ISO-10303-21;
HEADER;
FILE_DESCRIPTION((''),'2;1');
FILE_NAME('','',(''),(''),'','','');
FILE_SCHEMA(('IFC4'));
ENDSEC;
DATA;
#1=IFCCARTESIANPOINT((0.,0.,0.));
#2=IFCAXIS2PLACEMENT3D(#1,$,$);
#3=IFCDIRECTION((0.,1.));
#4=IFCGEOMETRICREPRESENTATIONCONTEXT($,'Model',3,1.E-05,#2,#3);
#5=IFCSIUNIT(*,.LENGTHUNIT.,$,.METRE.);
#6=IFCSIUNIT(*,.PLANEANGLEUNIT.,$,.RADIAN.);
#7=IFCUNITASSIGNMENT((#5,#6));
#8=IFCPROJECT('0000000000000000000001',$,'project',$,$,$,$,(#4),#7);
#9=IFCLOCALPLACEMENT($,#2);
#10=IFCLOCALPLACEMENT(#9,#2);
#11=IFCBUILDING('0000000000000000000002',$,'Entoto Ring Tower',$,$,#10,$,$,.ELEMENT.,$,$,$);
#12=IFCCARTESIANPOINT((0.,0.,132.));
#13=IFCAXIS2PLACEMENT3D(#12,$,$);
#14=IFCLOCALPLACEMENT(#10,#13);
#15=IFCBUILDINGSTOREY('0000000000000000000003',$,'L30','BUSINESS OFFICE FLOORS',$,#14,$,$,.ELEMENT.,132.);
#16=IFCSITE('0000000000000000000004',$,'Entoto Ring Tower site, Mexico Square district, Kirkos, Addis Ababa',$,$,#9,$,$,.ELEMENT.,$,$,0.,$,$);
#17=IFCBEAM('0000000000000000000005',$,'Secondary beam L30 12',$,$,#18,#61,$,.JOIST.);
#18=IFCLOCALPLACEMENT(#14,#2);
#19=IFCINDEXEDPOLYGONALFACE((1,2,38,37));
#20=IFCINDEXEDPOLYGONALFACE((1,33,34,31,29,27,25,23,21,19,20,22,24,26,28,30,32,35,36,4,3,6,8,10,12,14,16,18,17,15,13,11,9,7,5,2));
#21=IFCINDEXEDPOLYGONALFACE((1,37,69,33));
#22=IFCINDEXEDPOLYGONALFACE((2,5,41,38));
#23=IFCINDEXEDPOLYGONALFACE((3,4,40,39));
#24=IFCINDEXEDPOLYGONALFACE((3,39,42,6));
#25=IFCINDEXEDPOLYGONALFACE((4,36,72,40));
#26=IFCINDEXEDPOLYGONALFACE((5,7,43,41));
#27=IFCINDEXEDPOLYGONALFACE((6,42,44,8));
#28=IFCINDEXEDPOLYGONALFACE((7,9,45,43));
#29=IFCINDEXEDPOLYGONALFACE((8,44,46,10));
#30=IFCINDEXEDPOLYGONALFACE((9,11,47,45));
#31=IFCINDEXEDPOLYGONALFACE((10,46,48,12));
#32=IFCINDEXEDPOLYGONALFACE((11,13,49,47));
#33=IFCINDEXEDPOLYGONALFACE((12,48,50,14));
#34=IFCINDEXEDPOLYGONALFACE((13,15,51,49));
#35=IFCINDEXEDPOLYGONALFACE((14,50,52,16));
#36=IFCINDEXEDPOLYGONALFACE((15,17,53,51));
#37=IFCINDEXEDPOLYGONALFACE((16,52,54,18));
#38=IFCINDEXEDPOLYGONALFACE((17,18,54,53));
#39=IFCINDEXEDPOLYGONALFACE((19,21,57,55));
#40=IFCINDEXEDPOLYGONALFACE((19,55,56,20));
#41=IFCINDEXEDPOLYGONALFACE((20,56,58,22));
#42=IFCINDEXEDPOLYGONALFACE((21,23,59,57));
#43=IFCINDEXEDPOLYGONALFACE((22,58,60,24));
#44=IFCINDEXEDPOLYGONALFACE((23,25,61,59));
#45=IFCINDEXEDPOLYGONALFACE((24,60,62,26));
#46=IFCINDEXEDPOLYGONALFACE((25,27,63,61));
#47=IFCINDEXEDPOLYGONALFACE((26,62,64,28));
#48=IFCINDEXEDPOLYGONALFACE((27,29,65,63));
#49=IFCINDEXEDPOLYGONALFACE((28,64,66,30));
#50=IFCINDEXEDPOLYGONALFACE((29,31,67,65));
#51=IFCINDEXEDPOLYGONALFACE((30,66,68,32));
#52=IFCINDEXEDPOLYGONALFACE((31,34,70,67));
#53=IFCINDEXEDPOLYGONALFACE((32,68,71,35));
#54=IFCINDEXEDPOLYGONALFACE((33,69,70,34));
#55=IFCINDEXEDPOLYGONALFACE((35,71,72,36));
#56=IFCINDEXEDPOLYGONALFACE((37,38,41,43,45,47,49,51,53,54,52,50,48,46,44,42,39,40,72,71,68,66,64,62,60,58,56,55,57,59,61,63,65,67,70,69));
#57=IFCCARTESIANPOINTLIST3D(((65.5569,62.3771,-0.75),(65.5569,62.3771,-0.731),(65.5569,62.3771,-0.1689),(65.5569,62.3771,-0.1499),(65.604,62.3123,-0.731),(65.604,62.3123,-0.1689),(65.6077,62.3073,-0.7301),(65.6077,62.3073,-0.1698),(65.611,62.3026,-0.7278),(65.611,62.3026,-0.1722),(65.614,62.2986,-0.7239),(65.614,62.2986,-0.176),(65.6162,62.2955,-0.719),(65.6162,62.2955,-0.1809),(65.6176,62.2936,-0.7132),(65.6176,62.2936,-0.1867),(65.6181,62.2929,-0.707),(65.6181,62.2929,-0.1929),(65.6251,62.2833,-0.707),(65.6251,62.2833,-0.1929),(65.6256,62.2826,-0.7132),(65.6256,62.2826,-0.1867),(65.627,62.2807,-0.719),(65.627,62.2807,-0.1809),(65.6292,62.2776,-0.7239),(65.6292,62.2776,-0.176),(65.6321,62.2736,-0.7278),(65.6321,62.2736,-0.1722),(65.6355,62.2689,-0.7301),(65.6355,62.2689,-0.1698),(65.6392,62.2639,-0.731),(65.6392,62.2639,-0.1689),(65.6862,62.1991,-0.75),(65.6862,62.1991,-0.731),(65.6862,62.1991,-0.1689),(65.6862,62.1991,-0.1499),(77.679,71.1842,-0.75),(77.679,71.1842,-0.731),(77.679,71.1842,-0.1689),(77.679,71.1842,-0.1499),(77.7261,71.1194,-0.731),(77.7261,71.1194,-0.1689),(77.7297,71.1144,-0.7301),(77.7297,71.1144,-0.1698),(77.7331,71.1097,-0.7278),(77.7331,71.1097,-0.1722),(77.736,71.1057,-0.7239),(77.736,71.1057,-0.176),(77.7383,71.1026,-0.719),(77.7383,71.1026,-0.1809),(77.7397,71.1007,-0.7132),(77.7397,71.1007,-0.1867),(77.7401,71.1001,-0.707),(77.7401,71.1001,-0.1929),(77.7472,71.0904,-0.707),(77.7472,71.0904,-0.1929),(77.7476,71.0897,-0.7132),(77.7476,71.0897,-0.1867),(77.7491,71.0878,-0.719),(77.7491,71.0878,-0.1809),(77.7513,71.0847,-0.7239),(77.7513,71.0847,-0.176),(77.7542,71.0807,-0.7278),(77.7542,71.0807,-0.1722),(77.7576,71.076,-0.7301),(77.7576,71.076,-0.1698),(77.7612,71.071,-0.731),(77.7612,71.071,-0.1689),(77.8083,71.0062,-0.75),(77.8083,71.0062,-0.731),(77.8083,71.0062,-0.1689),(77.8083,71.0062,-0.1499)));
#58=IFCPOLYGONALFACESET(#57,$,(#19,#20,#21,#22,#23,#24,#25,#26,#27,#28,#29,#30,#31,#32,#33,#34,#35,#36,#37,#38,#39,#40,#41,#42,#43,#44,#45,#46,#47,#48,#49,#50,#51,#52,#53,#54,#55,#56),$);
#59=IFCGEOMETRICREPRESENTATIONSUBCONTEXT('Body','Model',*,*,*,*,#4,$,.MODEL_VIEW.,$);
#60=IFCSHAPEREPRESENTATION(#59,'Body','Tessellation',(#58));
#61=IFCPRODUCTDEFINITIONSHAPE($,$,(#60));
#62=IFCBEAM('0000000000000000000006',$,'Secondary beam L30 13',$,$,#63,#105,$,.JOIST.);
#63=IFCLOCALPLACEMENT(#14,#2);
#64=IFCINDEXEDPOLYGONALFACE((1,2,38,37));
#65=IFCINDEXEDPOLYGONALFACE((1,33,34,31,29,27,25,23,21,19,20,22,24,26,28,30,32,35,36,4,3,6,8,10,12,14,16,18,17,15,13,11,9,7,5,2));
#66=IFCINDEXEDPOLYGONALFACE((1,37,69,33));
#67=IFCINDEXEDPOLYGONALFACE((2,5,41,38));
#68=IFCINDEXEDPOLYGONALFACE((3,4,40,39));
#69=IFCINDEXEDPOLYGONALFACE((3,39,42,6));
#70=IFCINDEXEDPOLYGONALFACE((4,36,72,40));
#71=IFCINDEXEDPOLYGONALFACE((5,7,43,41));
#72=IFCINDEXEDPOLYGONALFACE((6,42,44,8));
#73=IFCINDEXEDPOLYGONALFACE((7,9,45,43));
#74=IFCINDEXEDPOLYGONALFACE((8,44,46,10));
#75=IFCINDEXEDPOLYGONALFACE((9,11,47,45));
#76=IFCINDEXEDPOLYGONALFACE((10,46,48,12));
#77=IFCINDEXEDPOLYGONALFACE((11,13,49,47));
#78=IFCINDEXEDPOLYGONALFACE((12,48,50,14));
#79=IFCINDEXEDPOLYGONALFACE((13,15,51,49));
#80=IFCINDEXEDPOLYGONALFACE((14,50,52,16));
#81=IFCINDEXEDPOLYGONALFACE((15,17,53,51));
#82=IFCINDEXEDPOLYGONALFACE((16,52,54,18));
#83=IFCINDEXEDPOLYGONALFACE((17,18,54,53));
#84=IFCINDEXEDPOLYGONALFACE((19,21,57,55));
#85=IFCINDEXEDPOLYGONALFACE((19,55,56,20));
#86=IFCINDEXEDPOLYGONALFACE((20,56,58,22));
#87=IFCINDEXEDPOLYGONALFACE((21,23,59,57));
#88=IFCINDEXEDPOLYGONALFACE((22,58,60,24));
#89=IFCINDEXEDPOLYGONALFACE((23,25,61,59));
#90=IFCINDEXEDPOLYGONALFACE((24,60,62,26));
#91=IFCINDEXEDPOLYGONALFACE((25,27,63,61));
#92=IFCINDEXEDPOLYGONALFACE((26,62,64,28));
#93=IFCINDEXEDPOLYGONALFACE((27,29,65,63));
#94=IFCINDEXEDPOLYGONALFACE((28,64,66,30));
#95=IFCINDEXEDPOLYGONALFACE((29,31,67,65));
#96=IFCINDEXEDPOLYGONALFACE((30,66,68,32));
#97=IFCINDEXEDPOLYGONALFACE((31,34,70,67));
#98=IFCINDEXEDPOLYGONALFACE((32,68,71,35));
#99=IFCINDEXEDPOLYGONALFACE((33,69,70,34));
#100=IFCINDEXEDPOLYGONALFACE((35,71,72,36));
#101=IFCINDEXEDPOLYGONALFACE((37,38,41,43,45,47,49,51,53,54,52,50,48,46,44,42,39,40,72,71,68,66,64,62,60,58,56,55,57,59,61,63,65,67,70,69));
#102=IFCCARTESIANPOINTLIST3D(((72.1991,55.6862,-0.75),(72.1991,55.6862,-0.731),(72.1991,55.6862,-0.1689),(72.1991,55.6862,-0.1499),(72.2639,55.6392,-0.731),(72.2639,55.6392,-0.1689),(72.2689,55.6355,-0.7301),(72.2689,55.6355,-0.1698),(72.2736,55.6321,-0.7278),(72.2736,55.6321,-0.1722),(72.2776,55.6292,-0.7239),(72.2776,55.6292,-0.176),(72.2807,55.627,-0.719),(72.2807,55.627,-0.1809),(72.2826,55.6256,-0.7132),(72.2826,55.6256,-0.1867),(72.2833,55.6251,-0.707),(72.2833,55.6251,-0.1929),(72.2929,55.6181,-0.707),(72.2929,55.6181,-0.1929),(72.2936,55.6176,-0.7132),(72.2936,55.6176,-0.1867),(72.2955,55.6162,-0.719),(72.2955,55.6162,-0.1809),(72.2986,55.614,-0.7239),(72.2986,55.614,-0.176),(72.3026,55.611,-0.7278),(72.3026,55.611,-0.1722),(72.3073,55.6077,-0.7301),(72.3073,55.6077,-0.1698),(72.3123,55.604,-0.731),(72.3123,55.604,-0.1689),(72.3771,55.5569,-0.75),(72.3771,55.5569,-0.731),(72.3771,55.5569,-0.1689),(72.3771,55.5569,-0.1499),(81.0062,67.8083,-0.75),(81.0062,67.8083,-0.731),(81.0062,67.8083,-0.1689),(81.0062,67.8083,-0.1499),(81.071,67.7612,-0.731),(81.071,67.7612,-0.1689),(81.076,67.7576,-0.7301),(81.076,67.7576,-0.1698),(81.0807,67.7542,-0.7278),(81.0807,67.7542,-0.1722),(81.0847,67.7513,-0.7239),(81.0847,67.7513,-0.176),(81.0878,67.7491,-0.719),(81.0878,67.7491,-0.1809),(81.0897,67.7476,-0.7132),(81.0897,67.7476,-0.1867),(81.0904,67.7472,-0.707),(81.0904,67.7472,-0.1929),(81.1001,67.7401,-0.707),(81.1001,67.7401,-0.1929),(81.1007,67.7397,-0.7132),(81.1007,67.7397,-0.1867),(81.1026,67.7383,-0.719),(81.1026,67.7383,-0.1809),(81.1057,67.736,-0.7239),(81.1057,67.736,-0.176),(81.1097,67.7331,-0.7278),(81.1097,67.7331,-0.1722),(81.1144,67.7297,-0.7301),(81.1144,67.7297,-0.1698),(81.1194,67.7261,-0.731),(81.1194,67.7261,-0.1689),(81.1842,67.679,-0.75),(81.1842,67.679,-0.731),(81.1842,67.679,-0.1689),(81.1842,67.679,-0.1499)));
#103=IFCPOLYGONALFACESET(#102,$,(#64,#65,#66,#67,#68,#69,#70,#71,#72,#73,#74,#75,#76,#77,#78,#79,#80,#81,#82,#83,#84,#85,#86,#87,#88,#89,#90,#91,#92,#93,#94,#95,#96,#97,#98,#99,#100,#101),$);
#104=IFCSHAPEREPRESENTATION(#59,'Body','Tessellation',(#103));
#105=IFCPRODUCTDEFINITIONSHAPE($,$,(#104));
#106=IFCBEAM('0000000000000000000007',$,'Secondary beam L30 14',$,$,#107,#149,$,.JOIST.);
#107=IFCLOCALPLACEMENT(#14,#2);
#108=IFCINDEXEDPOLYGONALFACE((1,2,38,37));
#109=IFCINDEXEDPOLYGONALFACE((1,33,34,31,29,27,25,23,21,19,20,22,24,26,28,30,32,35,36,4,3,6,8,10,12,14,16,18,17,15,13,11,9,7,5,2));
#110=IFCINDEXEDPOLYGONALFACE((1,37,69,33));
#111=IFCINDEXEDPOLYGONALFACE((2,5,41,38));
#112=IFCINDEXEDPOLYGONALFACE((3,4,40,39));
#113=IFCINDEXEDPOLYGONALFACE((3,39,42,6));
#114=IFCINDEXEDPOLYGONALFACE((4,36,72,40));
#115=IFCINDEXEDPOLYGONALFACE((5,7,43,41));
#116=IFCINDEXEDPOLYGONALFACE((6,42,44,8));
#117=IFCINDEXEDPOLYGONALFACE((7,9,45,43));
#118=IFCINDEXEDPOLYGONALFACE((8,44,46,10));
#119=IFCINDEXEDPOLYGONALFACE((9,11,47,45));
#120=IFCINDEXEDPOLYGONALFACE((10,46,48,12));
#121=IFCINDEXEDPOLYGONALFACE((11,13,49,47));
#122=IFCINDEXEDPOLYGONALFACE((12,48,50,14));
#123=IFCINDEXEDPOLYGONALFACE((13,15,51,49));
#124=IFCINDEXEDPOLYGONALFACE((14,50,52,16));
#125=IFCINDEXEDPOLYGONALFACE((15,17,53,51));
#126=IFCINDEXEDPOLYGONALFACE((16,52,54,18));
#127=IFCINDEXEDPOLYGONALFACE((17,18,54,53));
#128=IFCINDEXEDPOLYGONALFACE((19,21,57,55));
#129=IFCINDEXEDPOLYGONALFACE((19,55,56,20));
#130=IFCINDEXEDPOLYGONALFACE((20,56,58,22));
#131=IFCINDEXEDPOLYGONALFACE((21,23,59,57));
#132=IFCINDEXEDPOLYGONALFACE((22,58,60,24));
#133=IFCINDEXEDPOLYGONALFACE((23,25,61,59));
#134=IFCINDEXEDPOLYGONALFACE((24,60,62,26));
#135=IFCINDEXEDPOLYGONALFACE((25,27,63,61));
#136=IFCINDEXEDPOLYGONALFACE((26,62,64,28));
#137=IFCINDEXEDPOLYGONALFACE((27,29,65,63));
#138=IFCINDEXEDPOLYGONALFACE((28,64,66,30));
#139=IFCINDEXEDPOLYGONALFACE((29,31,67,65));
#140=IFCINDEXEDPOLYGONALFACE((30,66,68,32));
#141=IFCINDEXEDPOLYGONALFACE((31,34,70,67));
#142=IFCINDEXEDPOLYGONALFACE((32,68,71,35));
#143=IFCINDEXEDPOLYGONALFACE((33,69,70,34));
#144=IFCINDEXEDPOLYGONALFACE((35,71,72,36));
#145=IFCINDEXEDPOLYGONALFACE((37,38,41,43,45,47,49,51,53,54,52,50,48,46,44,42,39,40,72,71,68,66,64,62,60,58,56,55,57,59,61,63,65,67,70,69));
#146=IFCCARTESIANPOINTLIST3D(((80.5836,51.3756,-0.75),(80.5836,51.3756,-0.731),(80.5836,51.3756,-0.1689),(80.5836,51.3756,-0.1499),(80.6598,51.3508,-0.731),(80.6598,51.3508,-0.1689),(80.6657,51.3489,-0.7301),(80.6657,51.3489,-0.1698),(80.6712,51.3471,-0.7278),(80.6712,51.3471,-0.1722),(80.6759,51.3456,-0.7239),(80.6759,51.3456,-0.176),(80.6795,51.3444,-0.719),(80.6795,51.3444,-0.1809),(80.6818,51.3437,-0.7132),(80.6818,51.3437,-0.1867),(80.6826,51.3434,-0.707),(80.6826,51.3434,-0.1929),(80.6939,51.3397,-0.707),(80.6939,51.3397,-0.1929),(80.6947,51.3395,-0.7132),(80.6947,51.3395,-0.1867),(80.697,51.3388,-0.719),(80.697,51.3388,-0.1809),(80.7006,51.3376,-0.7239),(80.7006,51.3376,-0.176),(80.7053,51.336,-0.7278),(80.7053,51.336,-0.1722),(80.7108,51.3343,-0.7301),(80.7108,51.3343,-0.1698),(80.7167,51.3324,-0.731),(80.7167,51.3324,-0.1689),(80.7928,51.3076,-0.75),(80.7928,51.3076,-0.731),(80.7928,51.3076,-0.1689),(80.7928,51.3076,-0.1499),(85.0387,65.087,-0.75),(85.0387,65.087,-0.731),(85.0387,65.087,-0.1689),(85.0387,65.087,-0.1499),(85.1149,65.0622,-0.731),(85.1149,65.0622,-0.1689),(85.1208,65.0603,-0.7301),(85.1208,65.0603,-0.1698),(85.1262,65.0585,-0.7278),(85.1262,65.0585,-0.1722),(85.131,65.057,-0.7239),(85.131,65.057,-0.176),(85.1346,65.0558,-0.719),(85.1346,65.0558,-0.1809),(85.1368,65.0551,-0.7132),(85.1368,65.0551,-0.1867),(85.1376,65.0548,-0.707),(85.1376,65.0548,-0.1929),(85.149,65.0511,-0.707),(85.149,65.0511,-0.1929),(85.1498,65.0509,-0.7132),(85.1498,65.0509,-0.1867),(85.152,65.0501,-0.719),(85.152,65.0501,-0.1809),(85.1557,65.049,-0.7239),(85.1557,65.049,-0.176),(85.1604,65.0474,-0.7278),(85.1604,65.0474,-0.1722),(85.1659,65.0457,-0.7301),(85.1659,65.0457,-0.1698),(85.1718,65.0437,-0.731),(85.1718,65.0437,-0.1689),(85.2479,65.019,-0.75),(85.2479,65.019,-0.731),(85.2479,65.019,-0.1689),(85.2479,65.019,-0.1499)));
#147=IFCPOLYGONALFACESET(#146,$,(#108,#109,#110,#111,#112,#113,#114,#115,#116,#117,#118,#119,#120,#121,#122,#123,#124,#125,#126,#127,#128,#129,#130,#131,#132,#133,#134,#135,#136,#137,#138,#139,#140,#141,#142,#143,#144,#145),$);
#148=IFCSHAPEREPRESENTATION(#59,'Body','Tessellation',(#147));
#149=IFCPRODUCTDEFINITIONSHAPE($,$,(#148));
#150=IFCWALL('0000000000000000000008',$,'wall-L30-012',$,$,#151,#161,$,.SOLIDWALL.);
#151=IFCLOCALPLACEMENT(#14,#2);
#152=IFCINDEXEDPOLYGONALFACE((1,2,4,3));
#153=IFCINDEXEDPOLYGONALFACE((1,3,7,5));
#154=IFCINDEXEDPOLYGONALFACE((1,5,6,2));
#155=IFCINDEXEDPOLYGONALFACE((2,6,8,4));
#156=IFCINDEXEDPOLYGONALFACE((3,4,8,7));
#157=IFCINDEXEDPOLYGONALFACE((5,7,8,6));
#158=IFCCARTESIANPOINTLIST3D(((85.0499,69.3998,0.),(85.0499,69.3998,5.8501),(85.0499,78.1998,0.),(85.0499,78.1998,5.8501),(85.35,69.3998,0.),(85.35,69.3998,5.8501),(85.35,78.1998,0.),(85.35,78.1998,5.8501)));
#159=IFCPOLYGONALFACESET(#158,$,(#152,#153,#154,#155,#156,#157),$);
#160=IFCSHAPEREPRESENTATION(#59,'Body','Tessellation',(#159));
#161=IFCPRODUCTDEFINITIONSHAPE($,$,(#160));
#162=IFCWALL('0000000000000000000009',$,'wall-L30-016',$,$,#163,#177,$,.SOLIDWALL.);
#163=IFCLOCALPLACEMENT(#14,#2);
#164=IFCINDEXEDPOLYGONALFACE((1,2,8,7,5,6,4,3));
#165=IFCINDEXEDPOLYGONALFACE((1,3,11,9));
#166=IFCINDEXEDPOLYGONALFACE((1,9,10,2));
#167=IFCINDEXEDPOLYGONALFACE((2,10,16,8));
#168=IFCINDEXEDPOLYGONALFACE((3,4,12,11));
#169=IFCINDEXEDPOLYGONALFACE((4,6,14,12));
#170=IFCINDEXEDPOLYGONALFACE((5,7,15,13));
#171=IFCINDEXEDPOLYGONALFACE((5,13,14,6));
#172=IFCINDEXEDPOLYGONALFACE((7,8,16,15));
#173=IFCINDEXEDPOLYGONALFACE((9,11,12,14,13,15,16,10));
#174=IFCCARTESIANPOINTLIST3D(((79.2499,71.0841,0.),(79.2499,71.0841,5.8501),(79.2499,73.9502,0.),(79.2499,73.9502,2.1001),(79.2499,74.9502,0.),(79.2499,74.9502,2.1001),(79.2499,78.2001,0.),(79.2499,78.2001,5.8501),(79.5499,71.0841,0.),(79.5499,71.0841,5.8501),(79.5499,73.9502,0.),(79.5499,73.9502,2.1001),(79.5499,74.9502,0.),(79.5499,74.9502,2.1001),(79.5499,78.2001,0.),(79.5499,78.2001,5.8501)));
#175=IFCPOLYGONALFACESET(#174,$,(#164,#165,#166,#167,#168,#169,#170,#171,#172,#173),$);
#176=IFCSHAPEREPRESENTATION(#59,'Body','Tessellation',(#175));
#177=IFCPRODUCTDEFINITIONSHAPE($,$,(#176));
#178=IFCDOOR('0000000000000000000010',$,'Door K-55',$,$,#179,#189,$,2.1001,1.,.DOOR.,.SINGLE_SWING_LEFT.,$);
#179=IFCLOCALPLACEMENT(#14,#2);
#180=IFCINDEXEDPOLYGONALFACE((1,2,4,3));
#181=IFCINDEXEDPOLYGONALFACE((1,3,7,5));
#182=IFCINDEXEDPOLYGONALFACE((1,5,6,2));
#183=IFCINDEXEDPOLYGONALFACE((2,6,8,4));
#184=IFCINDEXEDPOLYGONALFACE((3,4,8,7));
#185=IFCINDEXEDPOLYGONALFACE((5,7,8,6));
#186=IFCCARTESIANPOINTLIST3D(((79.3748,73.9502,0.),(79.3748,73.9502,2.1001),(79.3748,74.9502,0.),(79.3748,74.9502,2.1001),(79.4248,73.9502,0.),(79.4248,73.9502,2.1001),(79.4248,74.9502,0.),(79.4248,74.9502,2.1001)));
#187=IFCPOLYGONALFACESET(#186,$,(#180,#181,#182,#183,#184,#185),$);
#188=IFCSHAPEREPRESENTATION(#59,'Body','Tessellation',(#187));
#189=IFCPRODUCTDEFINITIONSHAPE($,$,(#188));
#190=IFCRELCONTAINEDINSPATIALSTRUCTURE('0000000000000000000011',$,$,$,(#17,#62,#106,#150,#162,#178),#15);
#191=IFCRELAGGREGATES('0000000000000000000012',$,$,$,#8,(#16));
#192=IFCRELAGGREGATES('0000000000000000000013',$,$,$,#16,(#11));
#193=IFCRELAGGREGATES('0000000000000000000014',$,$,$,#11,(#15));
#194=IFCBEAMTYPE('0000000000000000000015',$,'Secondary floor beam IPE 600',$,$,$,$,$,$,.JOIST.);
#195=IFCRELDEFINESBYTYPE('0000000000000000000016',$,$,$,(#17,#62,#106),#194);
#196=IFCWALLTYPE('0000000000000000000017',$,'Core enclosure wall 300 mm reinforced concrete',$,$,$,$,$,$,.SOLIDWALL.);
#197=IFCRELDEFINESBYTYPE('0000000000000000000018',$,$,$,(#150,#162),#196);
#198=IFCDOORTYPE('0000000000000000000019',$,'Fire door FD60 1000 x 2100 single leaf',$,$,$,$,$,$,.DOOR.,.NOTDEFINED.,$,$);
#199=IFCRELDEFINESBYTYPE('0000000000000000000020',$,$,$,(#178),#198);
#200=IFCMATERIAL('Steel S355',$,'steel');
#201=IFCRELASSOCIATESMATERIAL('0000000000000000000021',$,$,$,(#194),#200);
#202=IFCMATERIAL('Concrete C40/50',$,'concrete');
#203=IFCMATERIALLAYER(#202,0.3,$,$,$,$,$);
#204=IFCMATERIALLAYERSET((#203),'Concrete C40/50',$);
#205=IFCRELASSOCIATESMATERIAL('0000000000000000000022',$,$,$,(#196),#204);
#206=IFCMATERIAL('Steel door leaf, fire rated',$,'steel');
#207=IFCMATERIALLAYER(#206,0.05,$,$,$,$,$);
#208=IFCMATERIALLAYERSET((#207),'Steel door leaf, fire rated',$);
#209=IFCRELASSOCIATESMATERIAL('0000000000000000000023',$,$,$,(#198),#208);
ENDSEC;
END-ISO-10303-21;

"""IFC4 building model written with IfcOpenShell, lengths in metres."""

from ifc_helpers import new_model, si_unit, direction, frame, frame_2d, origin, origin_2d, place, context, subcontext, project, spatial, rectangle, i_section, extrude, material, layer, layer_set, material_profile, profile_set, type_object, element, fill, save


model = new_model("IFC4")

# Units and contexts
model_context = context("Model", 3, precision=1e-05, world=origin(), true_north=direction((0.0, 1.0)))
body_context = subcontext(model_context, "Body", "Model", "MODEL_VIEW")
ifc_project = project(units=[si_unit("LENGTHUNIT", "METRE"), si_unit("PLANEANGLEUNIT", "RADIAN")], contexts=[model_context])

# Site, building, storey
site_placement = place(None, origin())
site = spatial("IfcSite", under=ifc_project, at=site_placement, Name="Entoto Ring Tower site, Mexico Square district, Kirkos, Addis Ababa", CompositionType="ELEMENT", RefElevation=0.0)
building_placement = place(site_placement, origin())
building = spatial("IfcBuilding", under=site, at=building_placement, Name="Entoto Ring Tower", CompositionType="ELEMENT")
storey_placement = place(building_placement, frame((0.0, 0.0, 132.0)))
storey = spatial("IfcBuildingStorey", under=building, at=storey_placement, Name="L30", Description="BUSINESS OFFICE FLOORS", CompositionType="ELEMENT", Elevation=132.0)

# Beams
ifc_material_1 = material(Name="Steel S355", Category="steel")
ifc_material_profile_1 = material_profile(ifc_material_1, i_section(OverallWidth=0.22, OverallDepth=0.6001, WebThickness=0.012, FlangeThickness=0.019, FilletRadius=0.0239, at=origin_2d()), Name="IPE 600")
ifc_profile_set_1 = profile_set([ifc_material_profile_1], Name="Steel S355")
beam_type_1 = type_object("IfcBeamType", Name="Secondary floor beam IPE 600", PredefinedType="JOIST", material=ifc_profile_set_1)
for number, where, z_axis, x_axis, name in (
    (1, (77.7437, 71.0952, -0.45), (-0.809019, -0.587782, 0.0), (0.587782, -0.809019, 0.0), "Secondary beam L30 12"),
    (2, (81.0952, 67.7437, -0.45), (-0.587782, -0.809019, 0.0), (0.809019, -0.587782, 0.0), "Secondary beam L30 13"),
):
    element("IfcBeam", number, at=place(storey_placement, frame(where, z_axis=z_axis, x_axis=x_axis)), inside=storey, type_object=beam_type_1, Name=name, PredefinedType="JOIST", context=body_context, shape_type="SweptSolid", body=[
        extrude(i_section(OverallWidth=0.22, OverallDepth=0.6001, WebThickness=0.012, FlangeThickness=0.019, FilletRadius=0.0239, at=origin_2d()), origin(), (0.0, 0.0, 1.0), 14.9836),
    ])
beam_1_placement = place(storey_placement, frame((85.1433, 65.053, -0.45), z_axis=(-0.309015, -0.951057, 0.0), x_axis=(0.951057, -0.309015, 0.0)))
element("IfcBeam", 3, at=beam_1_placement, inside=storey, type_object=beam_type_1, Name="Secondary beam L30 14", PredefinedType="JOIST", context=body_context, shape_type="SweptSolid", body=[
    extrude(i_section(OverallWidth=0.22, OverallDepth=0.6001, WebThickness=0.012, FlangeThickness=0.019, FilletRadius=0.0239, at=origin_2d()), origin(), (0.0, 0.0, 1.0), 14.417),
])

# Wall
ifc_material_2 = material(Name="Concrete C40/50", Category="concrete")
ifc_layer_1 = layer(ifc_material_2, 0.3)
ifc_layer_set_1 = layer_set([ifc_layer_1], Name="Concrete C40/50")
wall_type_1 = type_object("IfcWallType", Name="Core enclosure wall 300 mm reinforced concrete", PredefinedType="SOLIDWALL", material=ifc_layer_set_1)
wall_1_placement = place(storey_placement, frame((85.2, 69.3999, 0.0), z_axis=(0.0, 0.0, 1.0), x_axis=(0.0, 1.0, 0.0)))
element("IfcWall", 4, at=wall_1_placement, inside=storey, type_object=wall_type_1, Name="wall-L30-012", PredefinedType="SOLIDWALL", context=body_context, shape_type="SweptSolid", body=[
    extrude(rectangle(XDim=8.8, YDim=0.3, at=frame_2d((4.3999, 0.0))), origin(), (0.0, 0.0, 1.0), 5.8501),
])

# Wall, opening, door
wall_2_placement = place(storey_placement, frame((79.3999, 71.084, 0.0), z_axis=(0.0, 0.0, 1.0), x_axis=(0.0, 1.0, 0.0)))
wall_2 = element("IfcWall", 5, at=wall_2_placement, inside=storey, type_object=wall_type_1, Name="wall-L30-016", PredefinedType="SOLIDWALL", context=body_context, shape_type="SweptSolid", body=[
    extrude(rectangle(XDim=7.116, YDim=0.3, at=frame_2d((3.5581, 0.0))), origin(), (0.0, 0.0, 1.0), 5.8501),
])
opening_1_placement = place(wall_2_placement, frame((2.8662, 0.0, 0.0)))
opening_1 = element("IfcOpeningElement", 6, at=opening_1_placement, cuts=wall_2, PredefinedType="OPENING", context=body_context, shape_type="SweptSolid", body=[
    extrude(rectangle(XDim=1.0, YDim=2.1001, at=frame_2d((0.5, 1.05))), frame((0.0, 0.1602, 0.0), z_axis=(0.0, -1.0, 0.0), x_axis=(1.0, 0.0, 0.0)), (0.0, 0.0, 1.0), 0.3201),
])
ifc_material_3 = material(Name="Steel door leaf, fire rated", Category="steel")
ifc_layer_2 = layer(ifc_material_3, 0.05)
ifc_layer_set_2 = layer_set([ifc_layer_2], Name="Steel door leaf, fire rated")
door_type_1 = type_object("IfcDoorType", Name="Fire door FD60 1000 x 2100 single leaf", OperationType="NOTDEFINED", PredefinedType="DOOR", material=ifc_layer_set_2)
door_1_placement = place(opening_1_placement, frame((1.0, 0.0, 0.0), z_axis=(0.0, 0.0, 1.0), x_axis=(-1.0, 0.0, 0.0)))
door_1 = element("IfcDoor", 7, at=door_1_placement, inside=storey, type_object=door_type_1, Name="Door K-55", OperationType="SINGLE_SWING_LEFT", OverallHeight=2.1001, OverallWidth=1.0, PredefinedType="DOOR", context=body_context, shape_type="SweptSolid", body=[
    extrude(rectangle(XDim=1.0, YDim=2.1001, at=frame_2d((0.5, 1.05))), frame((0.0, 0.0249, 0.0), z_axis=(0.0, -1.0, 0.0), x_axis=(1.0, 0.0, 0.0)), (0.0, 0.0, 1.0), 0.05),
])
fill(opening_1, door_1)

save(model, "model.ifc")
